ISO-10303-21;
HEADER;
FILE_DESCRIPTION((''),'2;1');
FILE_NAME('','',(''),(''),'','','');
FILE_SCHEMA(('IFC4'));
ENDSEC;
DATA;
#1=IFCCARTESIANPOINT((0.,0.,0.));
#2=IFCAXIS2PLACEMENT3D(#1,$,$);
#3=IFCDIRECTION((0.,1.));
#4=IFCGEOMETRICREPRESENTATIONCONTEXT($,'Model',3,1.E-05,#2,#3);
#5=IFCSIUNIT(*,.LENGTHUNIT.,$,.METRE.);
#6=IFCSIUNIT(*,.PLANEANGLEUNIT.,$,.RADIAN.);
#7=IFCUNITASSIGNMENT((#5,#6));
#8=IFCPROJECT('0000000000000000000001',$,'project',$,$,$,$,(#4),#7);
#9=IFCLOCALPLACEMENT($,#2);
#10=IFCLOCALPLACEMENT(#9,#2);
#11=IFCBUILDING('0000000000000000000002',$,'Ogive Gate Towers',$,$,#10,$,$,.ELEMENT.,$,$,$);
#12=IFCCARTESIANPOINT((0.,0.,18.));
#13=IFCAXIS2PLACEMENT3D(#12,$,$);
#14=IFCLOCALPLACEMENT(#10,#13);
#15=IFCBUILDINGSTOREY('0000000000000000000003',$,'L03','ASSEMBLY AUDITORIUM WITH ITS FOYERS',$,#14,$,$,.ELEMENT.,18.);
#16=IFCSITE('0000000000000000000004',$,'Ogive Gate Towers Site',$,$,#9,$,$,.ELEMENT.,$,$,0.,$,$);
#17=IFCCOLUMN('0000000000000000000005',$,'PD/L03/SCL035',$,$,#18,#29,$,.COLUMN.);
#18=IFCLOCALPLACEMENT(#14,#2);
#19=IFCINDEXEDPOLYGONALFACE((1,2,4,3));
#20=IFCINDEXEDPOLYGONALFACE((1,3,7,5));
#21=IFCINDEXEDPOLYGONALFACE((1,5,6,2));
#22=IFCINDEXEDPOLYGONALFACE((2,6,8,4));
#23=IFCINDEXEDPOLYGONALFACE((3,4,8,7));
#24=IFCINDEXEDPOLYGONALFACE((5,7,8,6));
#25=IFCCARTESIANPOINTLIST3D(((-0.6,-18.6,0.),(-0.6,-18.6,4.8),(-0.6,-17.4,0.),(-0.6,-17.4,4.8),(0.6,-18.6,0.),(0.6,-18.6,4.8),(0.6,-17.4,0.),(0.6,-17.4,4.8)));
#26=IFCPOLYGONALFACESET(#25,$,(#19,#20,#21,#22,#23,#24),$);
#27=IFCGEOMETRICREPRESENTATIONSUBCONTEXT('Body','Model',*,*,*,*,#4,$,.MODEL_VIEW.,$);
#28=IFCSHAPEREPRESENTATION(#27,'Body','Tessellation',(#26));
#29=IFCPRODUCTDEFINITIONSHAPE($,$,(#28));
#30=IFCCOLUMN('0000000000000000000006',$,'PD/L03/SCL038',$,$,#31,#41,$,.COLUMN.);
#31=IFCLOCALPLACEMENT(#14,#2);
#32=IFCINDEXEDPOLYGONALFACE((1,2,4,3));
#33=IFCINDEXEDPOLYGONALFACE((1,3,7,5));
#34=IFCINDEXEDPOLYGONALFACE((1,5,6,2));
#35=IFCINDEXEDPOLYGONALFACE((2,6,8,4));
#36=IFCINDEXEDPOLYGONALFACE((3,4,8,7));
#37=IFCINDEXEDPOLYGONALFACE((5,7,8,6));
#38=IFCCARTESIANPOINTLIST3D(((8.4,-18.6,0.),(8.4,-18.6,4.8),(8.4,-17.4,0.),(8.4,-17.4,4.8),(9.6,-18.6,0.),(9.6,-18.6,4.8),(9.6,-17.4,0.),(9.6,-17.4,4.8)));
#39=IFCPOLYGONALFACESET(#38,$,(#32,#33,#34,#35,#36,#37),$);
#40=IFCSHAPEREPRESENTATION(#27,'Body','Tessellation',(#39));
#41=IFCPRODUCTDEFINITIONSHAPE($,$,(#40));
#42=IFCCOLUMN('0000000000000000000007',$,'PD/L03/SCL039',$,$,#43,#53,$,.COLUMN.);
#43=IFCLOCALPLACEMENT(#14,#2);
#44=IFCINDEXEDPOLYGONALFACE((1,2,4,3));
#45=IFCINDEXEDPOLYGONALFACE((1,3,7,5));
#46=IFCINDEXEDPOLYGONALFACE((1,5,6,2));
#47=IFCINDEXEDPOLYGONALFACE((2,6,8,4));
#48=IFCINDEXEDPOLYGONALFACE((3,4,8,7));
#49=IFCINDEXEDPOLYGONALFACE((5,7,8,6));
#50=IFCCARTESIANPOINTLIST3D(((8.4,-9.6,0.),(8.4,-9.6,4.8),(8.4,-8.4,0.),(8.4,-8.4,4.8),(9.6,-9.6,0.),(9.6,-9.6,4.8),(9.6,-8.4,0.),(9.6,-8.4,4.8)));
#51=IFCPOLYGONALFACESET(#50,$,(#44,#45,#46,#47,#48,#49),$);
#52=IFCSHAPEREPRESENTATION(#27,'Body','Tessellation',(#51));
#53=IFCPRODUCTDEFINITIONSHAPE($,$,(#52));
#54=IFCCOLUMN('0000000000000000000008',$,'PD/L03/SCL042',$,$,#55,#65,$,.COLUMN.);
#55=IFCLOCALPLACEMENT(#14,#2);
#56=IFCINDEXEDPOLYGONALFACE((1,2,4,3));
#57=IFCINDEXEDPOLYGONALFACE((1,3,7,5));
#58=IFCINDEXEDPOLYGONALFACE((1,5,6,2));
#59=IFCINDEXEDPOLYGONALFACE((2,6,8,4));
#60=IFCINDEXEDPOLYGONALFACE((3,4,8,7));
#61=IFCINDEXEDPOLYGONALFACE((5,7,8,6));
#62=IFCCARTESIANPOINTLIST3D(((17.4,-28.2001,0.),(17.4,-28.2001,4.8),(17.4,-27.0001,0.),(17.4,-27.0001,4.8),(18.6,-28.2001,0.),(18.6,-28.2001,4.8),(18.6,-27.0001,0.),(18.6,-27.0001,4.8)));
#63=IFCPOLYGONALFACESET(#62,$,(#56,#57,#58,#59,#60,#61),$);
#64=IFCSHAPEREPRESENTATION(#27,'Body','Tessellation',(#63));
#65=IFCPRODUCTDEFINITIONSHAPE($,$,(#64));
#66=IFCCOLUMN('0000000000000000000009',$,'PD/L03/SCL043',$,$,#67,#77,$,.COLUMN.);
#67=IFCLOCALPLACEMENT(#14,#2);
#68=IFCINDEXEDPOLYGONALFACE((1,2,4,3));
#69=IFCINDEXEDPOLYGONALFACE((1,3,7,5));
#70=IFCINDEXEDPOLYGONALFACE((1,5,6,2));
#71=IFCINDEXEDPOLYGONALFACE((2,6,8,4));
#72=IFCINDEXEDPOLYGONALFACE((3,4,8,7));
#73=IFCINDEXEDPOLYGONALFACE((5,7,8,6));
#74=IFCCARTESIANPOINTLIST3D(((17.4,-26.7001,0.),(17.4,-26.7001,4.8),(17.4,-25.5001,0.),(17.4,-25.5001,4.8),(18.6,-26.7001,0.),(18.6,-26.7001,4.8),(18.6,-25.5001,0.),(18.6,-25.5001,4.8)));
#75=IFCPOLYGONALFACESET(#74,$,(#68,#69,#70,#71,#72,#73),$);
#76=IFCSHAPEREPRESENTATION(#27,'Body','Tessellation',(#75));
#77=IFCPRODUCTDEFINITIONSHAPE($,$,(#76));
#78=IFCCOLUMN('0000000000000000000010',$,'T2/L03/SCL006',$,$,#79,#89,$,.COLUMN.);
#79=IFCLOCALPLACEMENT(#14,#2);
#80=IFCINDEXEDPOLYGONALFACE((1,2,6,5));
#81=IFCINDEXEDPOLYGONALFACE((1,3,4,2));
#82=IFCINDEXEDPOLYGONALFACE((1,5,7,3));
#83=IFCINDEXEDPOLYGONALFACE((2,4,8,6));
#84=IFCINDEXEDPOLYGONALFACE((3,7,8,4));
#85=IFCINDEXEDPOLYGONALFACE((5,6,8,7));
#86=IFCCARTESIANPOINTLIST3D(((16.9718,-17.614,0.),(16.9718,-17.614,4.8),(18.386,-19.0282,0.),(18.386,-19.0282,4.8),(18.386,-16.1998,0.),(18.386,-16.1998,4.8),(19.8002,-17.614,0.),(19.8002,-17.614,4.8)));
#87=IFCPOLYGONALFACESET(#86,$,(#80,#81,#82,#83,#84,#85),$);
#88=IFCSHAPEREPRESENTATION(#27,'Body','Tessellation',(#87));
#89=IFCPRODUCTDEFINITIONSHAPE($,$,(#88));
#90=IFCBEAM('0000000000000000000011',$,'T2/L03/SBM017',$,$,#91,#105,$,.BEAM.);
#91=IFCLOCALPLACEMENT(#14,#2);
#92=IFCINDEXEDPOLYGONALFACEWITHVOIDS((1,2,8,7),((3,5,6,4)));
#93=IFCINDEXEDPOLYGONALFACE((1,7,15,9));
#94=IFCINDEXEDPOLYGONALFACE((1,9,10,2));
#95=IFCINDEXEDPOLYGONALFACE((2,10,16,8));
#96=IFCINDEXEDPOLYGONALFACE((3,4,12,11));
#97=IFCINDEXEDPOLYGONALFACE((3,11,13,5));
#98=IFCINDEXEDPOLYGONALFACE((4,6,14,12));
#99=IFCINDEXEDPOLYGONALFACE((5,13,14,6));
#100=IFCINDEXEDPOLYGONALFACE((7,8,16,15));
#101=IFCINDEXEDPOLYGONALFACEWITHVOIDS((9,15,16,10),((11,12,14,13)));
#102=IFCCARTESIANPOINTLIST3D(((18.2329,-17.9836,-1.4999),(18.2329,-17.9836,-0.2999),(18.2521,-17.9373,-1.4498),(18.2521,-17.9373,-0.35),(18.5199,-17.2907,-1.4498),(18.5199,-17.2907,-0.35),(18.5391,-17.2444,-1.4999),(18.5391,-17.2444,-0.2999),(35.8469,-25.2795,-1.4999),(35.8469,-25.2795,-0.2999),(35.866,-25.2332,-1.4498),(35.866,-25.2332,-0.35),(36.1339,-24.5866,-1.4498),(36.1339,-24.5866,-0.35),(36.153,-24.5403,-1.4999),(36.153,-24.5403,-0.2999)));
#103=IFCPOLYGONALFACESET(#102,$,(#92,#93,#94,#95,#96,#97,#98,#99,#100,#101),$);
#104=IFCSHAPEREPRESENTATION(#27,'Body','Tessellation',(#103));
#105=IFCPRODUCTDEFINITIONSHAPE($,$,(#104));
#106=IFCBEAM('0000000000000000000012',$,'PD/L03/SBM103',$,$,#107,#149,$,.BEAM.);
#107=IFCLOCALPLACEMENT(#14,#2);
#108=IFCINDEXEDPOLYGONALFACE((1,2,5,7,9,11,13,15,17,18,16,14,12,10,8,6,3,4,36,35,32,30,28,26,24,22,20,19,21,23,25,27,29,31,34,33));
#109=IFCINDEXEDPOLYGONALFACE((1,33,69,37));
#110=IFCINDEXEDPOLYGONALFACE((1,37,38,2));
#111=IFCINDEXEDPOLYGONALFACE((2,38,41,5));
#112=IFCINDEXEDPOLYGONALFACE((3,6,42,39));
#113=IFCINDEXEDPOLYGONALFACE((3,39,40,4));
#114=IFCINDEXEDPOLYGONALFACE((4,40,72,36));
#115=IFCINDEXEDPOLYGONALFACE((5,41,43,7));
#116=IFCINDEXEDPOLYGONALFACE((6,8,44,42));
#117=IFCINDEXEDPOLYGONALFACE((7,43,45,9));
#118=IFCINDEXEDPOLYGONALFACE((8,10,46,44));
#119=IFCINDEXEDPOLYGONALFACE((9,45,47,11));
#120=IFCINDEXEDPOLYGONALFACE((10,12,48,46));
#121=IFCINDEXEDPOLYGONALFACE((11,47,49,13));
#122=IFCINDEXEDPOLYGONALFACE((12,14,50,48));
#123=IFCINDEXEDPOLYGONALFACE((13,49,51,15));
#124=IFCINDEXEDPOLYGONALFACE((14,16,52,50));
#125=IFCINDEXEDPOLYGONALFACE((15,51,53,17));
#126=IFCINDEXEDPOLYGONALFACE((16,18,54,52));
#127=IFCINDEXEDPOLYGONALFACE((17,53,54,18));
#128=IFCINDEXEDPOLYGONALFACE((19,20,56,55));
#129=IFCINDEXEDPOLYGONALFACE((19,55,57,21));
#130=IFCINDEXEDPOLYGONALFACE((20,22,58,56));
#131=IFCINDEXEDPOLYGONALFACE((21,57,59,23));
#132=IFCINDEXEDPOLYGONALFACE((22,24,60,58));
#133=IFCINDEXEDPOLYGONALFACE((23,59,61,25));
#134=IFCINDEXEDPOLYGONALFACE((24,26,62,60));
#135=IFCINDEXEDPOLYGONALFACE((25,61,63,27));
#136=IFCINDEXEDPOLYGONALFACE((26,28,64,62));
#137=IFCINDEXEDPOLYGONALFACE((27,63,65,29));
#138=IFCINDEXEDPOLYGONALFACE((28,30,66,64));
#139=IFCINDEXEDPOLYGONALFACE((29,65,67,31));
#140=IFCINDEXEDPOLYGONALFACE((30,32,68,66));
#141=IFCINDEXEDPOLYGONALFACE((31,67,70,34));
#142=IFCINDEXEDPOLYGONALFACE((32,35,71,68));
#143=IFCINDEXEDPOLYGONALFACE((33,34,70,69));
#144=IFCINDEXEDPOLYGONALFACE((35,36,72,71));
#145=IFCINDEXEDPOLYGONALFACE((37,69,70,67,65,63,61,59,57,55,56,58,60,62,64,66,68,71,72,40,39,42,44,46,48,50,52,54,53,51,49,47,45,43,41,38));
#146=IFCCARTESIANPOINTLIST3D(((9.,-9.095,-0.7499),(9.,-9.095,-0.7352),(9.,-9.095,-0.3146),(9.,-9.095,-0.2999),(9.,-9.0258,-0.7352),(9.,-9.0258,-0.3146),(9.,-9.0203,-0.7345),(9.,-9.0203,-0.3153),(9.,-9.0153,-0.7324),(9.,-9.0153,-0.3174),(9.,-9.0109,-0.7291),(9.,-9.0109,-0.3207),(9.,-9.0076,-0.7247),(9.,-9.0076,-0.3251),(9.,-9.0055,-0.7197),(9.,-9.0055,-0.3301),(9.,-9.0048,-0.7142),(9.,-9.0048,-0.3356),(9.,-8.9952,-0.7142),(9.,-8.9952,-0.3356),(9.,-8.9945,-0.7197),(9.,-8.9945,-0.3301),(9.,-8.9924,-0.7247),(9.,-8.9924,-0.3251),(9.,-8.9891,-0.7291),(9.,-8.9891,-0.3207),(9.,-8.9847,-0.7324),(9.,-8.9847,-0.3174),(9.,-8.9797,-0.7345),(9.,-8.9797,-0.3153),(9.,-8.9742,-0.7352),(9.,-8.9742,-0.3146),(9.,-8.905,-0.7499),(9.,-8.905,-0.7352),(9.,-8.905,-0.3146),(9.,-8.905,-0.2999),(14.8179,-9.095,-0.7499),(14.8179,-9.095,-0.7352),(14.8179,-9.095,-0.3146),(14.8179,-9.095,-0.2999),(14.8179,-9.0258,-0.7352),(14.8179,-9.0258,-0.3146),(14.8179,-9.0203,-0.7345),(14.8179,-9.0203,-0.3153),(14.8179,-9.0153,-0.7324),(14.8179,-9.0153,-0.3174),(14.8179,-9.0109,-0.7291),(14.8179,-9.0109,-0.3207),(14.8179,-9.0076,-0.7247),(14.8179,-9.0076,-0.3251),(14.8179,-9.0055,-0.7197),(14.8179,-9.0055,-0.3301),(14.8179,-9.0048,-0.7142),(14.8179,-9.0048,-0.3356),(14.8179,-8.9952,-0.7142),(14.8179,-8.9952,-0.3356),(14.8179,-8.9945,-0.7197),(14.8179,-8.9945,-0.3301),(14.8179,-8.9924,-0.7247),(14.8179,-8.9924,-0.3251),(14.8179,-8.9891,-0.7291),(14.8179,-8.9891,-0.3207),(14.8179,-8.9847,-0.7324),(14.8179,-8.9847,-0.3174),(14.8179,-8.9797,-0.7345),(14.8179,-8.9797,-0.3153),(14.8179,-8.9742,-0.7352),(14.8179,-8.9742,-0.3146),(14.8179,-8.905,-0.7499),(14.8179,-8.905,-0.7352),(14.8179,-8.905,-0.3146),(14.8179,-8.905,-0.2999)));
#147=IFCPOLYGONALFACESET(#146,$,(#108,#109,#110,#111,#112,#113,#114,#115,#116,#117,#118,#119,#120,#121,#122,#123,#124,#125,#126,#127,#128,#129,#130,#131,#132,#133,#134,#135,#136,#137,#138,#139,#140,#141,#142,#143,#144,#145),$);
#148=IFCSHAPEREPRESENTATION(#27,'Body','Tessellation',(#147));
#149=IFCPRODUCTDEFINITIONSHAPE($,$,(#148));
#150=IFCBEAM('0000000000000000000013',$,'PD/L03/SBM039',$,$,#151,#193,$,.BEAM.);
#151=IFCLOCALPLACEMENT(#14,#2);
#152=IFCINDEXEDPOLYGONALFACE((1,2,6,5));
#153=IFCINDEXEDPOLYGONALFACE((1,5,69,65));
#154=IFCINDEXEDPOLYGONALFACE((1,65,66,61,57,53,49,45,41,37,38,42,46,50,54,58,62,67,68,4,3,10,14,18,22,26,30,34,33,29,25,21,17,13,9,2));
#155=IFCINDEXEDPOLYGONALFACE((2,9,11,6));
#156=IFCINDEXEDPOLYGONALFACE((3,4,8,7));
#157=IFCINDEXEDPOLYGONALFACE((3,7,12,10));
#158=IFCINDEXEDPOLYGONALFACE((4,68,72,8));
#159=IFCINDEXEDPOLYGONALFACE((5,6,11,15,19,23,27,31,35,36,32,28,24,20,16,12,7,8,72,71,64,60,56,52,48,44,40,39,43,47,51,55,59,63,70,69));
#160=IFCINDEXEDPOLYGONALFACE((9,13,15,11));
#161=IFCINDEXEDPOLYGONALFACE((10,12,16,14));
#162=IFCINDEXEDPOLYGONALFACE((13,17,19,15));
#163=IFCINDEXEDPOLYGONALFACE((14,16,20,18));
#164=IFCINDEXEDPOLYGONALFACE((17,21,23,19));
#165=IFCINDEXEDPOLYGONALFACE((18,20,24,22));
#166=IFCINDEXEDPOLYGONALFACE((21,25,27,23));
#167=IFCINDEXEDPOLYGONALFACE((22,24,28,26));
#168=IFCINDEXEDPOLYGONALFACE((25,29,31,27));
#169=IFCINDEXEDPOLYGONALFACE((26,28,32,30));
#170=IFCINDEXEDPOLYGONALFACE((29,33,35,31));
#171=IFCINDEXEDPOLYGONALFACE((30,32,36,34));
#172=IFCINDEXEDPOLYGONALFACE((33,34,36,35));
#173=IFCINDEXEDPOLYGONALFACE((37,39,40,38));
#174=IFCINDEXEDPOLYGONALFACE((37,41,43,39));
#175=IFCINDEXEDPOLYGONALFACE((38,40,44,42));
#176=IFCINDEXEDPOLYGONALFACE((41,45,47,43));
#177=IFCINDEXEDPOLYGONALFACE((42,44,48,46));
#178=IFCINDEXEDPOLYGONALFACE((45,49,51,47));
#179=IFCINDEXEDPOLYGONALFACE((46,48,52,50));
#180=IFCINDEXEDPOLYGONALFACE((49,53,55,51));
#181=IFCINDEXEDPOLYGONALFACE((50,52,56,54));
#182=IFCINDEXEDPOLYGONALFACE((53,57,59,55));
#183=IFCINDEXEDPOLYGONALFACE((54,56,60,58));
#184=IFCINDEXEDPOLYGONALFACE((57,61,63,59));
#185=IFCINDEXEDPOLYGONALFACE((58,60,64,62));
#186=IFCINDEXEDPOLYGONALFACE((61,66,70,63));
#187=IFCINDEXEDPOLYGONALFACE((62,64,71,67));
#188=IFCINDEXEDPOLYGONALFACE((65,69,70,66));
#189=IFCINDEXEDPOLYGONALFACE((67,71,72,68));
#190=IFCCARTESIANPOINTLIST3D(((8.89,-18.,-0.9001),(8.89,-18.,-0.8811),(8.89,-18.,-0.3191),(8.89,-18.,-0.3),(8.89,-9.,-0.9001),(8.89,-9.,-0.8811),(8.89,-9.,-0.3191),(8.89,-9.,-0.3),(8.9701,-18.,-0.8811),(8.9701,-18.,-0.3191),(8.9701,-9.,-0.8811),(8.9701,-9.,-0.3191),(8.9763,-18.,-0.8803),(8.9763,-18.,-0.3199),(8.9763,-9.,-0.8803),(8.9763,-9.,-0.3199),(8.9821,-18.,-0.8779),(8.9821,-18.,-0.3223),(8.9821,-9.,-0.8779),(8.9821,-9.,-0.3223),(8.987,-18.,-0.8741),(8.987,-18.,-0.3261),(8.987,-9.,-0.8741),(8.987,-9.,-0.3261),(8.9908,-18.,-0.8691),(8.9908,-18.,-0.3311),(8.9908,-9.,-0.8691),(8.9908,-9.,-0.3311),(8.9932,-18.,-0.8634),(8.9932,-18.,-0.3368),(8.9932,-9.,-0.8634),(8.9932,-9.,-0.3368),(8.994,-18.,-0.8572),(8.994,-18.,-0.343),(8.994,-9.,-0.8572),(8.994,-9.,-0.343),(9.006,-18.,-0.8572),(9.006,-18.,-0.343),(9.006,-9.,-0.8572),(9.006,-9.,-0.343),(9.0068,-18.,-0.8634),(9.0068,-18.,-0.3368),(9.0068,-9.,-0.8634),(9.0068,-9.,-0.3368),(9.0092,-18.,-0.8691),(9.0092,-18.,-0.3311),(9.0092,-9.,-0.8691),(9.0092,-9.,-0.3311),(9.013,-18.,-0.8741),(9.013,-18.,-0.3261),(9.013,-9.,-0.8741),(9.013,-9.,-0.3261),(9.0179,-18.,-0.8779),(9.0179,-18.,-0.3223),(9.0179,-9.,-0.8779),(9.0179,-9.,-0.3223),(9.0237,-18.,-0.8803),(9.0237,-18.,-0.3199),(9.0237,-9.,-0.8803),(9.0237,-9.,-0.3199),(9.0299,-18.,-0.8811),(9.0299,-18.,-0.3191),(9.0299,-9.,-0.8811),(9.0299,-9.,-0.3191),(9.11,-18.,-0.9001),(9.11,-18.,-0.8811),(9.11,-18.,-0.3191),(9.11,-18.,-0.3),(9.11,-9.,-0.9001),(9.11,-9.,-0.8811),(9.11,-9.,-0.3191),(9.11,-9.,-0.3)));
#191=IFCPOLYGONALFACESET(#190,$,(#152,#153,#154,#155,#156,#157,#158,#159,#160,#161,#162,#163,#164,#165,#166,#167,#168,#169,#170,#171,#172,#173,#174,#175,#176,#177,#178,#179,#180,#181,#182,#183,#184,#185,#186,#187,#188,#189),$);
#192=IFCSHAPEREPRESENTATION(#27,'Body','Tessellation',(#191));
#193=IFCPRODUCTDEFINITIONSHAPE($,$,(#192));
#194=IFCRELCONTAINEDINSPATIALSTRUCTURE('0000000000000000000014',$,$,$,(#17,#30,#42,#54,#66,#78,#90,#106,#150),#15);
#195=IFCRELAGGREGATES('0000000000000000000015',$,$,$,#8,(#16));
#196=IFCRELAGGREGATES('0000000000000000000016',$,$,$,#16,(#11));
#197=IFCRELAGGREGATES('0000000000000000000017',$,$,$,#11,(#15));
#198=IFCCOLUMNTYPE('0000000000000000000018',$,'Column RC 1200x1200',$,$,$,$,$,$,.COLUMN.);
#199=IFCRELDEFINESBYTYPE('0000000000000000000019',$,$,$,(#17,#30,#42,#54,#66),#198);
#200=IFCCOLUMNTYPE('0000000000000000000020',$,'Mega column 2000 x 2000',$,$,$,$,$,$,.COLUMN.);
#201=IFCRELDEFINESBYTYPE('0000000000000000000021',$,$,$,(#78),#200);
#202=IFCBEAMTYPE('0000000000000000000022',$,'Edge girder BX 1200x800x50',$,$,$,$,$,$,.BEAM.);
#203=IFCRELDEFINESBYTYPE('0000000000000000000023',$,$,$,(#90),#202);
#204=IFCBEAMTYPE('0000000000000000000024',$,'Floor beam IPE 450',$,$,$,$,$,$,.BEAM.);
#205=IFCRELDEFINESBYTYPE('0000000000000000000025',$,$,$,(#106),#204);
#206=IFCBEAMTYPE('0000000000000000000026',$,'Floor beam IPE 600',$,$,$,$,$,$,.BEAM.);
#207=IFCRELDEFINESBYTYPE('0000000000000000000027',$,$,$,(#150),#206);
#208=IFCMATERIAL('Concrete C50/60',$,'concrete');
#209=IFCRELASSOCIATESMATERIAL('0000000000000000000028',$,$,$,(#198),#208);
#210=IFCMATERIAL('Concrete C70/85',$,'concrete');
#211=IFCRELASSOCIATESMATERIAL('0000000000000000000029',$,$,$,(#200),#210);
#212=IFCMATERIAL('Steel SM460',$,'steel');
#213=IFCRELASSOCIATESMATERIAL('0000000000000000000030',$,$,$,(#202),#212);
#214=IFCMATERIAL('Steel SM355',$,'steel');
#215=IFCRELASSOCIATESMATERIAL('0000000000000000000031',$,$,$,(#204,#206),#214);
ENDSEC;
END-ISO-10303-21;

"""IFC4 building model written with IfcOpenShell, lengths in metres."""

from ifc_helpers import new_model, si_unit, direction, frame, origin, origin_2d, place, context, subcontext, project, spatial, rectangle, hollow_rectangle, i_section, extrude, material, material_profile, profile_set, type_object, element, save


model = new_model("IFC4")

# Units and contexts
model_context = context("Model", 3, precision=1e-05, world=origin(), true_north=direction((0.0, 1.0)))
body_context = subcontext(model_context, "Body", "Model", "MODEL_VIEW")
ifc_project = project(units=[si_unit("LENGTHUNIT", "METRE"), si_unit("PLANEANGLEUNIT", "RADIAN")], contexts=[model_context])

# Site, building, storey
site_placement = place(None, origin())
site = spatial("IfcSite", under=ifc_project, at=site_placement, Name="Ogive Gate Towers Site", CompositionType="ELEMENT", RefElevation=0.0)
building_placement = place(site_placement, origin())
building = spatial("IfcBuilding", under=site, at=building_placement, Name="Ogive Gate Towers", CompositionType="ELEMENT")
storey_placement = place(building_placement, frame((0.0, 0.0, 18.0)))
storey = spatial("IfcBuildingStorey", under=building, at=storey_placement, Name="L03", Description="ASSEMBLY AUDITORIUM WITH ITS FOYERS", CompositionType="ELEMENT", Elevation=18.0)

# Columns
ifc_material_1 = material(Name="Concrete C50/60", Category="concrete")
ifc_material_profile_1 = material_profile(ifc_material_1, rectangle(XDim=1.2, YDim=1.2, at=origin_2d()), Name="RC 1200x1200")
ifc_profile_set_1 = profile_set([ifc_material_profile_1], Name="Concrete C50/60")
column_type_1 = type_object("IfcColumnType", Name="Column RC 1200x1200", PredefinedType="COLUMN", material=ifc_profile_set_1)
for number, where, z_axis, x_axis, name in (
    (1, (0.0, -18.0, 0.0), (0.0, 0.0, 1.0), (1.0, 0.0, 0.0), "PD/L03/SCL035"),
    (2, (9.0, -18.0, 0.0), (0.0, 0.0, 1.0), (1.0, 0.0, 0.0), "PD/L03/SCL038"),
    (3, (9.0, -9.0, 0.0), (0.0, 0.0, 1.0), (1.0, 0.0, 0.0), "PD/L03/SCL039"),
    (4, (18.0, -27.6001, 0.0), (0.0, 0.0, 1.0), (1.0, 0.0, 0.0), "PD/L03/SCL042"),
    (5, (18.0, -26.1001, 0.0), (0.0, 0.0, 1.0), (1.0, 0.0, 0.0), "PD/L03/SCL043"),
):
    element("IfcColumn", number, at=place(storey_placement, frame(where, z_axis=z_axis, x_axis=x_axis)), inside=storey, type_object=column_type_1, Name=name, PredefinedType="COLUMN", context=body_context, shape_type="SweptSolid", body=[
        extrude(rectangle(XDim=1.2, YDim=1.2, at=origin_2d()), origin(), (0.0, 0.0, 1.0), 4.8),
    ])
ifc_material_2 = material(Name="Concrete C70/85", Category="concrete")
ifc_material_profile_2 = material_profile(ifc_material_2, rectangle(XDim=2.0, YDim=2.0, at=origin_2d()), Name="RC 2000x2000")
ifc_profile_set_2 = profile_set([ifc_material_profile_2], Name="Concrete C70/85")
column_type_2 = type_object("IfcColumnType", Name="Mega column 2000 x 2000", PredefinedType="COLUMN", material=ifc_profile_set_2)
column_placement = place(storey_placement, frame((18.386, -17.614, 0.0), z_axis=(0.0, 0.0, 1.0), x_axis=(-0.707107, -0.707107, 0.0)))
element("IfcColumn", 6, at=column_placement, inside=storey, type_object=column_type_2, Name="T2/L03/SCL006", PredefinedType="COLUMN", context=body_context, shape_type="SweptSolid", body=[
    extrude(rectangle(XDim=2.0, YDim=2.0, at=origin_2d()), origin(), (0.0, 0.0, 1.0), 4.8),
])

# Beams
ifc_material_3 = material(Name="Steel SM460", Category="steel")
ifc_material_profile_3 = material_profile(ifc_material_3, hollow_rectangle(XDim=0.8, YDim=1.2, WallThickness=0.05, at=origin_2d()), Name="BX 1200x800x50")
ifc_profile_set_3 = profile_set([ifc_material_profile_3], Name="Steel SM460")
beam_type_1 = type_object("IfcBeamType", Name="Edge girder BX 1200x800x50", PredefinedType="BEAM", material=ifc_profile_set_3)
beam_1_placement = place(storey_placement, frame((18.386, -17.614, -0.8999), z_axis=(0.923881, -0.382681, 0.0), x_axis=(0.382681, 0.923881, 0.0)))
element("IfcBeam", 7, at=beam_1_placement, inside=storey, type_object=beam_type_1, Name="T2/L03/SBM017", PredefinedType="BEAM", context=body_context, shape_type="SweptSolid", body=[
    extrude(hollow_rectangle(XDim=0.8, YDim=1.2, WallThickness=0.05, at=origin_2d()), origin(), (0.0, 0.0, 1.0), 19.0652),
])
ifc_material_4 = material(Name="Steel SM355", Category="steel")
ifc_material_profile_4 = material_profile(ifc_material_4, i_section(OverallWidth=0.1899, OverallDepth=0.45, WebThickness=0.0095, FlangeThickness=0.0146, FilletRadius=0.021, at=origin_2d()), Name="IPE 450")
ifc_profile_set_4 = profile_set([ifc_material_profile_4], Name="Steel SM355")
beam_type_2 = type_object("IfcBeamType", Name="Floor beam IPE 450", PredefinedType="BEAM", material=ifc_profile_set_4)
beam_2_placement = place(storey_placement, frame((9.0, -9.0, -0.5249), z_axis=(1.0, 0.0, 0.0), x_axis=(0.0, 1.0, 0.0)))
element("IfcBeam", 8, at=beam_2_placement, inside=storey, type_object=beam_type_2, Name="PD/L03/SBM103", PredefinedType="BEAM", context=body_context, shape_type="SweptSolid", body=[
    extrude(i_section(OverallWidth=0.1899, OverallDepth=0.45, WebThickness=0.0095, FlangeThickness=0.0146, FilletRadius=0.021, at=origin_2d()), origin(), (0.0, 0.0, 1.0), 5.8179),
])
ifc_material_profile_5 = material_profile(ifc_material_4, i_section(OverallWidth=0.22, OverallDepth=0.6001, WebThickness=0.012, FlangeThickness=0.019, FilletRadius=0.0239, at=origin_2d()), Name="IPE 600")
ifc_profile_set_5 = profile_set([ifc_material_profile_5], Name="Steel SM355")
beam_type_3 = type_object("IfcBeamType", Name="Floor beam IPE 600", PredefinedType="BEAM", material=ifc_profile_set_5)
for number, where, z_axis, x_axis, name in (
    (9, (9.0, -18.0, -0.6001), (0.0, 1.0, 0.0), (-1.0, 0.0, 0.0), "PD/L03/SBM039"),
):
    element("IfcBeam", number, at=place(storey_placement, frame(where, z_axis=z_axis, x_axis=x_axis)), inside=storey, type_object=beam_type_3, Name=name, PredefinedType="BEAM", context=body_context, shape_type="SweptSolid", body=[
        extrude(i_section(OverallWidth=0.22, OverallDepth=0.6001, WebThickness=0.012, FlangeThickness=0.019, FilletRadius=0.0239, at=origin_2d()), origin(), (0.0, 0.0, 1.0), 9.0),
    ])

save(model, "model.ifc")
